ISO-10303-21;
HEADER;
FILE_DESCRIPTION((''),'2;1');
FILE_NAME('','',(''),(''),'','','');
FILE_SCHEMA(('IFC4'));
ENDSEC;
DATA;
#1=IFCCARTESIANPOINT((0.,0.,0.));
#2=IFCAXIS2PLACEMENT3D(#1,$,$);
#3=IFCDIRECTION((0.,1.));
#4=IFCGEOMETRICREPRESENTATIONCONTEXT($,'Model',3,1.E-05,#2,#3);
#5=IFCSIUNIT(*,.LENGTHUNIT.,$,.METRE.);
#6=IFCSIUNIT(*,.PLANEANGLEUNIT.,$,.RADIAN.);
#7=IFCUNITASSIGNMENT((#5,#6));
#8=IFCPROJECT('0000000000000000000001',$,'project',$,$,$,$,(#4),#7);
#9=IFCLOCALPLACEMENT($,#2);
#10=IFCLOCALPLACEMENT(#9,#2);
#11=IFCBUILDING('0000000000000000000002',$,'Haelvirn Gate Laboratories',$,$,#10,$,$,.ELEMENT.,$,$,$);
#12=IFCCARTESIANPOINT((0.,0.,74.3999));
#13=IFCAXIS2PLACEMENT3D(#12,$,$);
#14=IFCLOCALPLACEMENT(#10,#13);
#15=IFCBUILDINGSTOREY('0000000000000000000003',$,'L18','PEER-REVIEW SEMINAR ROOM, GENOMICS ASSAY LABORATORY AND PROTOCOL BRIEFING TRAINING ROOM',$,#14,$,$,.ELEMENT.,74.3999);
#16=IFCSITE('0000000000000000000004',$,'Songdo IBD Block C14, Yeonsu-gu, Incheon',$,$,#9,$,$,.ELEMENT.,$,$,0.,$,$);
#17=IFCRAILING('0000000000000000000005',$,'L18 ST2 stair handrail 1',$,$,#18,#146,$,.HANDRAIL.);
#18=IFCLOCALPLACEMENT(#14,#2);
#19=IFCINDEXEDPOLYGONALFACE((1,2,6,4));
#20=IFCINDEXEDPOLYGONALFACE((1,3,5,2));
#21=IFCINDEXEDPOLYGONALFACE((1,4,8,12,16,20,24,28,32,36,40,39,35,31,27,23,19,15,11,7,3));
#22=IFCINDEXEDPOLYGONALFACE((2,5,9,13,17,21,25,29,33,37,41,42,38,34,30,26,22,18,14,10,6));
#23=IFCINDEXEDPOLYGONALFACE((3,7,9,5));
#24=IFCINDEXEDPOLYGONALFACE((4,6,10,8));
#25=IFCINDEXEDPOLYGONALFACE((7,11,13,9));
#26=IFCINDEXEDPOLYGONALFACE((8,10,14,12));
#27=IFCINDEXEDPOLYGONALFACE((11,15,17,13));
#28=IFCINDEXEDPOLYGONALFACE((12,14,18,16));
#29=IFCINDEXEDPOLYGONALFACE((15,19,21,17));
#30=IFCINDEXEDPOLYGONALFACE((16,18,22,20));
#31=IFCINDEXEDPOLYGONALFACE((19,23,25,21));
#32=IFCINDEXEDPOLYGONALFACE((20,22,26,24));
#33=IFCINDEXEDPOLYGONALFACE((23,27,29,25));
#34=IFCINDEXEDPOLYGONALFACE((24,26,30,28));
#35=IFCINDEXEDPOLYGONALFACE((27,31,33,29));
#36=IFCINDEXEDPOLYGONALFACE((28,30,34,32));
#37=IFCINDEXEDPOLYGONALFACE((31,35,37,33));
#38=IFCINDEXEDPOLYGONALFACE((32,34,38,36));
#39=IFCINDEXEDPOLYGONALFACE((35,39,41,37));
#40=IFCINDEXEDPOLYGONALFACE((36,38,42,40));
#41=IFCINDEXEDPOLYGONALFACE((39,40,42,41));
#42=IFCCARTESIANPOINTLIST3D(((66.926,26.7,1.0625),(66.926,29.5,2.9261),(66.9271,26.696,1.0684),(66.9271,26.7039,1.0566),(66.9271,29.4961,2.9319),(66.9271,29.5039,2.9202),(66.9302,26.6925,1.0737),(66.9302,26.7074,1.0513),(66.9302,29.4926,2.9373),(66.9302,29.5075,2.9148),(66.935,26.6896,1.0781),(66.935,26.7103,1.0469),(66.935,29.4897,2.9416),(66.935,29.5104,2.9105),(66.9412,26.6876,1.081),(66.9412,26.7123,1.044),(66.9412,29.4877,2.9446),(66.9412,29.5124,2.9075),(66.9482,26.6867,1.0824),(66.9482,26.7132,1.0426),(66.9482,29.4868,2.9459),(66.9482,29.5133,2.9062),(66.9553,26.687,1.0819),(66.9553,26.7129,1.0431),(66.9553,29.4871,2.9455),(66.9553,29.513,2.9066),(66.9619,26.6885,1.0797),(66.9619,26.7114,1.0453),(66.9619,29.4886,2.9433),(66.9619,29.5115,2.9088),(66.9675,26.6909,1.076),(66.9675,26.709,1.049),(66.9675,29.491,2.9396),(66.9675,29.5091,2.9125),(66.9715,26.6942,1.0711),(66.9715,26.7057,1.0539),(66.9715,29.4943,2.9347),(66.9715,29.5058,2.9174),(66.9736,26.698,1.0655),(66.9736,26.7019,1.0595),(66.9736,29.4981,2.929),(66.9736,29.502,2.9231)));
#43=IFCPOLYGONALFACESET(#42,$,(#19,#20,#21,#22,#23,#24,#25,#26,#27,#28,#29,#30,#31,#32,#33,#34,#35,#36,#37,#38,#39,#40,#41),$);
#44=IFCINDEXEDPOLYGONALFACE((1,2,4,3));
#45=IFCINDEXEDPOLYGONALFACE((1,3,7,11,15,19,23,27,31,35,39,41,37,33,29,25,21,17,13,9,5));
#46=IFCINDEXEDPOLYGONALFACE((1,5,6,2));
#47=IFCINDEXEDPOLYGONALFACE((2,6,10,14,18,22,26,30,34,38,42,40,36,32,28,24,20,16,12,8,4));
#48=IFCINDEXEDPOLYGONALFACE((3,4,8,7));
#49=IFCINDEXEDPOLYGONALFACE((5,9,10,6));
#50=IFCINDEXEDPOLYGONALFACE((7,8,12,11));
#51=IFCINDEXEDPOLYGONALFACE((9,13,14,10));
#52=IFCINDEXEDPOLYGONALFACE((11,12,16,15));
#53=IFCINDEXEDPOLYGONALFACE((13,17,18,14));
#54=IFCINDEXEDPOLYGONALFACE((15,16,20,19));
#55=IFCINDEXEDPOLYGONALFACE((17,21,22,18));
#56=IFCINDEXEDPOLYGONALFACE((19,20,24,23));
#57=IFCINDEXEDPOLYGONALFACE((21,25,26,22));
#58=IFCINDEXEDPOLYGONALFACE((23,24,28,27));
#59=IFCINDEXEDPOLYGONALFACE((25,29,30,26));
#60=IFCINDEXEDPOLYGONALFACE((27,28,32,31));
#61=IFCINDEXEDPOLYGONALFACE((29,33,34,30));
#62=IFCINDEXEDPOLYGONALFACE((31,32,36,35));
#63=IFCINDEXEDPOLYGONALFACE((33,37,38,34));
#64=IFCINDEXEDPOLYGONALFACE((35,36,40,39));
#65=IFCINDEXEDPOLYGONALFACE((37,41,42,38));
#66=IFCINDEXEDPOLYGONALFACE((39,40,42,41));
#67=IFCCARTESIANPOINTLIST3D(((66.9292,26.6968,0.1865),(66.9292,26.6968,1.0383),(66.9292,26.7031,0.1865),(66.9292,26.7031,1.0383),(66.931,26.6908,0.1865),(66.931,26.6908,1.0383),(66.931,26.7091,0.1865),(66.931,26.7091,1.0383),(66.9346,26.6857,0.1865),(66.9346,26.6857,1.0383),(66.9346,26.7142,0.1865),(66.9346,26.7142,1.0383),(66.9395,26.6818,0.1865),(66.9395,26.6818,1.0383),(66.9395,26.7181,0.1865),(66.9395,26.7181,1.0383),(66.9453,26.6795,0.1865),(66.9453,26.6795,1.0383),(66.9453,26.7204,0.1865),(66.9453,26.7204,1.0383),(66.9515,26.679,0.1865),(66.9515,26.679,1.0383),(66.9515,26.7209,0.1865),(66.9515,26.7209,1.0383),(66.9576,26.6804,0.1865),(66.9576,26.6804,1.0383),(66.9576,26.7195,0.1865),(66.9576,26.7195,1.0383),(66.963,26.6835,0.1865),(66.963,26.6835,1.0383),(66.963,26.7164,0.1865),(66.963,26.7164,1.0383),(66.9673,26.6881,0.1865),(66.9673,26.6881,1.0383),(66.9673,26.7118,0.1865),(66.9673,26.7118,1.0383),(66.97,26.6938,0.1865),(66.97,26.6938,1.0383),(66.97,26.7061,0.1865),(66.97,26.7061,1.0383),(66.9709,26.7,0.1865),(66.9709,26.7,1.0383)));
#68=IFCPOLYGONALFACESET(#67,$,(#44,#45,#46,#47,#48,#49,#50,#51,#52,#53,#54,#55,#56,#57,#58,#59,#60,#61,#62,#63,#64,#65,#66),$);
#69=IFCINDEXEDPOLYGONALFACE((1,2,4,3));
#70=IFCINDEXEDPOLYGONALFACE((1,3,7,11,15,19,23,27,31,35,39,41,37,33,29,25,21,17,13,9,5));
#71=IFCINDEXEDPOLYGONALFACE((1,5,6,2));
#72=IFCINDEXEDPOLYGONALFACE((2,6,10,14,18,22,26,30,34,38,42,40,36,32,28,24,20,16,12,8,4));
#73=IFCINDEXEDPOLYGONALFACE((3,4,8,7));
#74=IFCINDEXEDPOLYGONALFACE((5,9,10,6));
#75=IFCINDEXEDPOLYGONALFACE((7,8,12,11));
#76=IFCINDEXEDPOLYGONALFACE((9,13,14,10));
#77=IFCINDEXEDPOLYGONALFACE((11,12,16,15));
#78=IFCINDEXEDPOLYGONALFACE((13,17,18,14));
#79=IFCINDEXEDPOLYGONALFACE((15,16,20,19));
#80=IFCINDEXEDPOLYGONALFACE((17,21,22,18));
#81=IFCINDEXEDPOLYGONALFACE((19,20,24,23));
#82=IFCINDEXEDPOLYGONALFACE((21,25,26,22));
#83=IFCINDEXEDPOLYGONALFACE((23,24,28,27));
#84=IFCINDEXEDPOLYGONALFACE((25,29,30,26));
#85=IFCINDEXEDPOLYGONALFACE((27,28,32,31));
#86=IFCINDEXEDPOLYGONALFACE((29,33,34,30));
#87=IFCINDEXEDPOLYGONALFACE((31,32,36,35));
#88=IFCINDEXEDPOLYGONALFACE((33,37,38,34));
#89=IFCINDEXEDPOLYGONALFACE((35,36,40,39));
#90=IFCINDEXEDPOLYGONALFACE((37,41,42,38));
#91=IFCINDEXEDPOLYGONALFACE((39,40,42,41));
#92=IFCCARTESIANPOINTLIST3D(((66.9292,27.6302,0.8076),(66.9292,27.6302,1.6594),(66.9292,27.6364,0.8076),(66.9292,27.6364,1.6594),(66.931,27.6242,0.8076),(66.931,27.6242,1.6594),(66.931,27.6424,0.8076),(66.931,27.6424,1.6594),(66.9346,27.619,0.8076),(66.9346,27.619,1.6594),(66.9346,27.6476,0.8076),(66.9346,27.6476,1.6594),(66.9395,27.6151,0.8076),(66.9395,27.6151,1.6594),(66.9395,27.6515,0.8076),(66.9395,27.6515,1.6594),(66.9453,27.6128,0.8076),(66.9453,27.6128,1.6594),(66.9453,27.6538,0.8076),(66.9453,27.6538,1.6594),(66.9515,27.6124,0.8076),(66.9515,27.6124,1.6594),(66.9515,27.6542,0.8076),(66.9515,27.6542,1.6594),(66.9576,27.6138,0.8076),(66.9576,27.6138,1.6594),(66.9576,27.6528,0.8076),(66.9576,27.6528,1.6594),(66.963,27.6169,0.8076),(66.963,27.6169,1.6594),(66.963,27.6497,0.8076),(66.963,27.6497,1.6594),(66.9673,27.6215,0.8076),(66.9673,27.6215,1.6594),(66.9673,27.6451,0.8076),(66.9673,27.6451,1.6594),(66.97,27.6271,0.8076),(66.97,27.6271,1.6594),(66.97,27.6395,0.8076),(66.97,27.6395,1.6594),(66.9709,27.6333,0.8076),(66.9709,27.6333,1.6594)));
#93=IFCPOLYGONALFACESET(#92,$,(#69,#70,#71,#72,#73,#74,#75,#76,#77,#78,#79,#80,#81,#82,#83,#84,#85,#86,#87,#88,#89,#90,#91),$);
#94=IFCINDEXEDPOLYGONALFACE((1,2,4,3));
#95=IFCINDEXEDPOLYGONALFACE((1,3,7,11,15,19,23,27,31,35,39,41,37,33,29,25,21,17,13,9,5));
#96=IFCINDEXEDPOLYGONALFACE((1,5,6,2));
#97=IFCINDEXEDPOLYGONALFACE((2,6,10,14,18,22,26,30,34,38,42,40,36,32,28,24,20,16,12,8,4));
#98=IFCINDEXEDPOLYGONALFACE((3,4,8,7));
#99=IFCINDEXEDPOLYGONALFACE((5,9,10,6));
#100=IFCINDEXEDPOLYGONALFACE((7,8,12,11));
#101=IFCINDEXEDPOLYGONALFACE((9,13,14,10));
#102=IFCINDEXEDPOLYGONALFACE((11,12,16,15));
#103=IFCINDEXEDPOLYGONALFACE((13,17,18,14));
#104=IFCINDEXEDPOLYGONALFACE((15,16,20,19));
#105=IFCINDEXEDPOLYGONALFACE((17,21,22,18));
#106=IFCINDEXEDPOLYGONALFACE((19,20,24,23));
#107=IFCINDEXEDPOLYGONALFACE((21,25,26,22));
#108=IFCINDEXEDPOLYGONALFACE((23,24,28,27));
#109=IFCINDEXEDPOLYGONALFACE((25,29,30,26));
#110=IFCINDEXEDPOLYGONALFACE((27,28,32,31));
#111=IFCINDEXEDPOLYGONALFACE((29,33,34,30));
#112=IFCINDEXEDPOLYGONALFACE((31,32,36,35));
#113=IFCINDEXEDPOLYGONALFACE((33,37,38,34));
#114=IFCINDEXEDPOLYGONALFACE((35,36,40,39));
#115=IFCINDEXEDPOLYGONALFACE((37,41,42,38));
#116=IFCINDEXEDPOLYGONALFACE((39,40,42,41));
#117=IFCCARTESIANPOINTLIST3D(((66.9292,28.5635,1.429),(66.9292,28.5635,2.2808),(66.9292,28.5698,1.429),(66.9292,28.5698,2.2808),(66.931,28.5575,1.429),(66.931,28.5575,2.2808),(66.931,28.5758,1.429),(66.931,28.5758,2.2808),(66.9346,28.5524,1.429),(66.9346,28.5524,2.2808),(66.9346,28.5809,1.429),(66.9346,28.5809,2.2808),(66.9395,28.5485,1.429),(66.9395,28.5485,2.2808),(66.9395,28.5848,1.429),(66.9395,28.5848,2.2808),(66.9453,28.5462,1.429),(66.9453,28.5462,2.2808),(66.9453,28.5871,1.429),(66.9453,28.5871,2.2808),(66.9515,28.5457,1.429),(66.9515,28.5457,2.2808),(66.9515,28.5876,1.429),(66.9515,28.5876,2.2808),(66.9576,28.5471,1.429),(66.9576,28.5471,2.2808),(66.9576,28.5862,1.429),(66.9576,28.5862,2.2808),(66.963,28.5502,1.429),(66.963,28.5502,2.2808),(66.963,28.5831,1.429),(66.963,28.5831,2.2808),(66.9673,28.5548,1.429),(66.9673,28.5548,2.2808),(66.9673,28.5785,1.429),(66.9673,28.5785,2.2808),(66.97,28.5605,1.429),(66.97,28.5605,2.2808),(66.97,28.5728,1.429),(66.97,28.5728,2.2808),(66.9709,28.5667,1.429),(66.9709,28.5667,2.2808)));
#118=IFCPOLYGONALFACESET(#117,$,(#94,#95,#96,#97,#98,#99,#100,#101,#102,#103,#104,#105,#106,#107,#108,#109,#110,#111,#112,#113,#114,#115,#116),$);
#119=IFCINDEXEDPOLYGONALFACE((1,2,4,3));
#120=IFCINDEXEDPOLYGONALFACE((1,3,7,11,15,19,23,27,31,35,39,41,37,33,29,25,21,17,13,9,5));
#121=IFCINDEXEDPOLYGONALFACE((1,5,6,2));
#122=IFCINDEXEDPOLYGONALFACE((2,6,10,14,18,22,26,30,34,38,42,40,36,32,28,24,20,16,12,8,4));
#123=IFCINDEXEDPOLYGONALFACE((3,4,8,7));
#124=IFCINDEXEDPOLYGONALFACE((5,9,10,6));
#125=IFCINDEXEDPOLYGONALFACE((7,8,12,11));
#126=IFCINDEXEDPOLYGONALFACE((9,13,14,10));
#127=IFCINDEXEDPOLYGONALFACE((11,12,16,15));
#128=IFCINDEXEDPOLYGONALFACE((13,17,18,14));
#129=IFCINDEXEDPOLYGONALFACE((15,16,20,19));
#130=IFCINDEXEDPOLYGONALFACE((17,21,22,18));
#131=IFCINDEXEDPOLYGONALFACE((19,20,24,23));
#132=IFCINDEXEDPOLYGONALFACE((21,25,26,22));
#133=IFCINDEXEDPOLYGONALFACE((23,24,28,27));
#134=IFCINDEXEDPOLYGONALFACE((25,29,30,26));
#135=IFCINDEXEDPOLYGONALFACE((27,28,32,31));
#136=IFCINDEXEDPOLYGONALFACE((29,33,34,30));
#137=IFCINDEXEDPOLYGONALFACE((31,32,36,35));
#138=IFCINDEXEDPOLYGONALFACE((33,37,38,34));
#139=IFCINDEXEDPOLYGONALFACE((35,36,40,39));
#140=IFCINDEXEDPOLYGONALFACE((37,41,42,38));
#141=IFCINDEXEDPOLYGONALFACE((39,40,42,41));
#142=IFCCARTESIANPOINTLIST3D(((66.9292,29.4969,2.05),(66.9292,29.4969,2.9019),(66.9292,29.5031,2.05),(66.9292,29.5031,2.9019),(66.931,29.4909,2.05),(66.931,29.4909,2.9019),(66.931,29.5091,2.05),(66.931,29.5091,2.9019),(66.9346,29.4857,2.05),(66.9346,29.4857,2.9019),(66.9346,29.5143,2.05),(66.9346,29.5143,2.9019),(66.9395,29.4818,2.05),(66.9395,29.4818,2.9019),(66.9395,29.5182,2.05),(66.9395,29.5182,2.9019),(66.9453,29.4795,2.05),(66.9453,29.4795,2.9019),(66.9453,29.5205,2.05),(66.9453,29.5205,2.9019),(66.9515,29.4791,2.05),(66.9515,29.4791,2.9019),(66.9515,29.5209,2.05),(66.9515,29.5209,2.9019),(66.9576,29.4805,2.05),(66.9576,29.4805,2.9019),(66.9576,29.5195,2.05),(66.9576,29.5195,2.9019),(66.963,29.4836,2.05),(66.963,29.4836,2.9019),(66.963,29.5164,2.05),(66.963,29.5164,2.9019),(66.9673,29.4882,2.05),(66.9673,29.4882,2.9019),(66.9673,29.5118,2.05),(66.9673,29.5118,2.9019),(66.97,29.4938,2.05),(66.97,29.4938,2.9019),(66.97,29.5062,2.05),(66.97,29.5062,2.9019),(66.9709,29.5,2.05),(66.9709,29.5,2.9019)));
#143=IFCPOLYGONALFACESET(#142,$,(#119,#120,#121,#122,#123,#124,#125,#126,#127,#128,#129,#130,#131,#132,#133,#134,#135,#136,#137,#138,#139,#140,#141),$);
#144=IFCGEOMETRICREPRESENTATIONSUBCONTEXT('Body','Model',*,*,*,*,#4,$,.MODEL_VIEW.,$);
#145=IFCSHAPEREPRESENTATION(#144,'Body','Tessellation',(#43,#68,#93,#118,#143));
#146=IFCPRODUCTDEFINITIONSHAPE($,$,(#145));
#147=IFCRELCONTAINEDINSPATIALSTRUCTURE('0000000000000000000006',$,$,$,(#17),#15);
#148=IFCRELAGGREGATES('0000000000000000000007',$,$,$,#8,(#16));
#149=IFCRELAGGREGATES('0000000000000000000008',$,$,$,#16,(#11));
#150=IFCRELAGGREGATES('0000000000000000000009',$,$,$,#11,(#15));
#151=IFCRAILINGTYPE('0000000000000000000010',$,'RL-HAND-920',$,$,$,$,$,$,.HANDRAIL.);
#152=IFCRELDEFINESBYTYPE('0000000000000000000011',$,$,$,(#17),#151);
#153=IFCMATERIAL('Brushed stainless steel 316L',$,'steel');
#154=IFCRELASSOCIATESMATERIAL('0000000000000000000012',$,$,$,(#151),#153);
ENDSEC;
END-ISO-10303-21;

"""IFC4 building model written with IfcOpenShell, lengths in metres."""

from ifc_helpers import new_model, si_unit, direction, frame, origin, origin_2d, place, context, subcontext, project, spatial, circle, extrude, source, transform, mapped, material, type_object, element, save


model = new_model("IFC4")

# Units and contexts
model_context = context("Model", 3, precision=1e-05, world=origin(), true_north=direction((0.0, 1.0)))
body_context = subcontext(model_context, "Body", "Model", "MODEL_VIEW")
ifc_project = project(units=[si_unit("LENGTHUNIT", "METRE"), si_unit("PLANEANGLEUNIT", "RADIAN")], contexts=[model_context])

# Site, building, storey
site_placement = place(None, origin())
site = spatial("IfcSite", under=ifc_project, at=site_placement, Name="Songdo IBD Block C14, Yeonsu-gu, Incheon", CompositionType="ELEMENT", RefElevation=0.0)
building_placement = place(site_placement, origin())
building = spatial("IfcBuilding", under=site, at=building_placement, Name="Haelvirn Gate Laboratories", CompositionType="ELEMENT")
storey_placement = place(building_placement, frame((0.0, 0.0, 74.3999)))
storey = spatial("IfcBuildingStorey", under=building, at=storey_placement, Name="L18", Description="PEER-REVIEW SEMINAR ROOM, GENOMICS ASSAY LABORATORY AND PROTOCOL BRIEFING TRAINING ROOM", CompositionType="ELEMENT", Elevation=74.3999)

# Railing
ifc_material_1 = material(Name="Brushed stainless steel 316L", Category="steel")
railing_type_1 = type_object("IfcRailingType", Name="RL-HAND-920", PredefinedType="HANDRAIL", material=ifc_material_1)
shared_shape_1 = source(origin(), body_context, "Body", "SweptSolid", [
    extrude(circle(Radius=0.0239, at=origin_2d()), frame((0.0, 0.0, 0.876), z_axis=(0.0, 0.832486, 0.554047), x_axis=(-1.0, 0.0, 0.0)), (0.0, 0.0, 1.0), 3.3635),
    extrude(circle(Radius=0.021, at=origin_2d()), origin(), (0.0, 0.0, 1.0), 0.8518),
    extrude(circle(Radius=0.021, at=origin_2d()), frame((0.0, 0.9333, 0.6211)), (0.0, 0.0, 1.0), 0.8518),
    extrude(circle(Radius=0.021, at=origin_2d()), frame((0.0, 1.8667, 1.2424)), (0.0, 0.0, 1.0), 0.8518),
    extrude(circle(Radius=0.021, at=origin_2d()), frame((0.0, 2.8, 1.8635)), (0.0, 0.0, 1.0), 0.8518),
])
railing_1_placement = place(storey_placement, frame((66.95, 26.7, 0.1865)))
element("IfcRailing", 1, at=railing_1_placement, inside=storey, type_object=railing_type_1, Name="L18 ST2 stair handrail 1", PredefinedType="HANDRAIL", context=body_context, shape_type="MappedRepresentation", body=[
    mapped(shared_shape_1, transform((0.0, 0.0, 0.0), scale=1.0)),
])

save(model, "model.ifc")
